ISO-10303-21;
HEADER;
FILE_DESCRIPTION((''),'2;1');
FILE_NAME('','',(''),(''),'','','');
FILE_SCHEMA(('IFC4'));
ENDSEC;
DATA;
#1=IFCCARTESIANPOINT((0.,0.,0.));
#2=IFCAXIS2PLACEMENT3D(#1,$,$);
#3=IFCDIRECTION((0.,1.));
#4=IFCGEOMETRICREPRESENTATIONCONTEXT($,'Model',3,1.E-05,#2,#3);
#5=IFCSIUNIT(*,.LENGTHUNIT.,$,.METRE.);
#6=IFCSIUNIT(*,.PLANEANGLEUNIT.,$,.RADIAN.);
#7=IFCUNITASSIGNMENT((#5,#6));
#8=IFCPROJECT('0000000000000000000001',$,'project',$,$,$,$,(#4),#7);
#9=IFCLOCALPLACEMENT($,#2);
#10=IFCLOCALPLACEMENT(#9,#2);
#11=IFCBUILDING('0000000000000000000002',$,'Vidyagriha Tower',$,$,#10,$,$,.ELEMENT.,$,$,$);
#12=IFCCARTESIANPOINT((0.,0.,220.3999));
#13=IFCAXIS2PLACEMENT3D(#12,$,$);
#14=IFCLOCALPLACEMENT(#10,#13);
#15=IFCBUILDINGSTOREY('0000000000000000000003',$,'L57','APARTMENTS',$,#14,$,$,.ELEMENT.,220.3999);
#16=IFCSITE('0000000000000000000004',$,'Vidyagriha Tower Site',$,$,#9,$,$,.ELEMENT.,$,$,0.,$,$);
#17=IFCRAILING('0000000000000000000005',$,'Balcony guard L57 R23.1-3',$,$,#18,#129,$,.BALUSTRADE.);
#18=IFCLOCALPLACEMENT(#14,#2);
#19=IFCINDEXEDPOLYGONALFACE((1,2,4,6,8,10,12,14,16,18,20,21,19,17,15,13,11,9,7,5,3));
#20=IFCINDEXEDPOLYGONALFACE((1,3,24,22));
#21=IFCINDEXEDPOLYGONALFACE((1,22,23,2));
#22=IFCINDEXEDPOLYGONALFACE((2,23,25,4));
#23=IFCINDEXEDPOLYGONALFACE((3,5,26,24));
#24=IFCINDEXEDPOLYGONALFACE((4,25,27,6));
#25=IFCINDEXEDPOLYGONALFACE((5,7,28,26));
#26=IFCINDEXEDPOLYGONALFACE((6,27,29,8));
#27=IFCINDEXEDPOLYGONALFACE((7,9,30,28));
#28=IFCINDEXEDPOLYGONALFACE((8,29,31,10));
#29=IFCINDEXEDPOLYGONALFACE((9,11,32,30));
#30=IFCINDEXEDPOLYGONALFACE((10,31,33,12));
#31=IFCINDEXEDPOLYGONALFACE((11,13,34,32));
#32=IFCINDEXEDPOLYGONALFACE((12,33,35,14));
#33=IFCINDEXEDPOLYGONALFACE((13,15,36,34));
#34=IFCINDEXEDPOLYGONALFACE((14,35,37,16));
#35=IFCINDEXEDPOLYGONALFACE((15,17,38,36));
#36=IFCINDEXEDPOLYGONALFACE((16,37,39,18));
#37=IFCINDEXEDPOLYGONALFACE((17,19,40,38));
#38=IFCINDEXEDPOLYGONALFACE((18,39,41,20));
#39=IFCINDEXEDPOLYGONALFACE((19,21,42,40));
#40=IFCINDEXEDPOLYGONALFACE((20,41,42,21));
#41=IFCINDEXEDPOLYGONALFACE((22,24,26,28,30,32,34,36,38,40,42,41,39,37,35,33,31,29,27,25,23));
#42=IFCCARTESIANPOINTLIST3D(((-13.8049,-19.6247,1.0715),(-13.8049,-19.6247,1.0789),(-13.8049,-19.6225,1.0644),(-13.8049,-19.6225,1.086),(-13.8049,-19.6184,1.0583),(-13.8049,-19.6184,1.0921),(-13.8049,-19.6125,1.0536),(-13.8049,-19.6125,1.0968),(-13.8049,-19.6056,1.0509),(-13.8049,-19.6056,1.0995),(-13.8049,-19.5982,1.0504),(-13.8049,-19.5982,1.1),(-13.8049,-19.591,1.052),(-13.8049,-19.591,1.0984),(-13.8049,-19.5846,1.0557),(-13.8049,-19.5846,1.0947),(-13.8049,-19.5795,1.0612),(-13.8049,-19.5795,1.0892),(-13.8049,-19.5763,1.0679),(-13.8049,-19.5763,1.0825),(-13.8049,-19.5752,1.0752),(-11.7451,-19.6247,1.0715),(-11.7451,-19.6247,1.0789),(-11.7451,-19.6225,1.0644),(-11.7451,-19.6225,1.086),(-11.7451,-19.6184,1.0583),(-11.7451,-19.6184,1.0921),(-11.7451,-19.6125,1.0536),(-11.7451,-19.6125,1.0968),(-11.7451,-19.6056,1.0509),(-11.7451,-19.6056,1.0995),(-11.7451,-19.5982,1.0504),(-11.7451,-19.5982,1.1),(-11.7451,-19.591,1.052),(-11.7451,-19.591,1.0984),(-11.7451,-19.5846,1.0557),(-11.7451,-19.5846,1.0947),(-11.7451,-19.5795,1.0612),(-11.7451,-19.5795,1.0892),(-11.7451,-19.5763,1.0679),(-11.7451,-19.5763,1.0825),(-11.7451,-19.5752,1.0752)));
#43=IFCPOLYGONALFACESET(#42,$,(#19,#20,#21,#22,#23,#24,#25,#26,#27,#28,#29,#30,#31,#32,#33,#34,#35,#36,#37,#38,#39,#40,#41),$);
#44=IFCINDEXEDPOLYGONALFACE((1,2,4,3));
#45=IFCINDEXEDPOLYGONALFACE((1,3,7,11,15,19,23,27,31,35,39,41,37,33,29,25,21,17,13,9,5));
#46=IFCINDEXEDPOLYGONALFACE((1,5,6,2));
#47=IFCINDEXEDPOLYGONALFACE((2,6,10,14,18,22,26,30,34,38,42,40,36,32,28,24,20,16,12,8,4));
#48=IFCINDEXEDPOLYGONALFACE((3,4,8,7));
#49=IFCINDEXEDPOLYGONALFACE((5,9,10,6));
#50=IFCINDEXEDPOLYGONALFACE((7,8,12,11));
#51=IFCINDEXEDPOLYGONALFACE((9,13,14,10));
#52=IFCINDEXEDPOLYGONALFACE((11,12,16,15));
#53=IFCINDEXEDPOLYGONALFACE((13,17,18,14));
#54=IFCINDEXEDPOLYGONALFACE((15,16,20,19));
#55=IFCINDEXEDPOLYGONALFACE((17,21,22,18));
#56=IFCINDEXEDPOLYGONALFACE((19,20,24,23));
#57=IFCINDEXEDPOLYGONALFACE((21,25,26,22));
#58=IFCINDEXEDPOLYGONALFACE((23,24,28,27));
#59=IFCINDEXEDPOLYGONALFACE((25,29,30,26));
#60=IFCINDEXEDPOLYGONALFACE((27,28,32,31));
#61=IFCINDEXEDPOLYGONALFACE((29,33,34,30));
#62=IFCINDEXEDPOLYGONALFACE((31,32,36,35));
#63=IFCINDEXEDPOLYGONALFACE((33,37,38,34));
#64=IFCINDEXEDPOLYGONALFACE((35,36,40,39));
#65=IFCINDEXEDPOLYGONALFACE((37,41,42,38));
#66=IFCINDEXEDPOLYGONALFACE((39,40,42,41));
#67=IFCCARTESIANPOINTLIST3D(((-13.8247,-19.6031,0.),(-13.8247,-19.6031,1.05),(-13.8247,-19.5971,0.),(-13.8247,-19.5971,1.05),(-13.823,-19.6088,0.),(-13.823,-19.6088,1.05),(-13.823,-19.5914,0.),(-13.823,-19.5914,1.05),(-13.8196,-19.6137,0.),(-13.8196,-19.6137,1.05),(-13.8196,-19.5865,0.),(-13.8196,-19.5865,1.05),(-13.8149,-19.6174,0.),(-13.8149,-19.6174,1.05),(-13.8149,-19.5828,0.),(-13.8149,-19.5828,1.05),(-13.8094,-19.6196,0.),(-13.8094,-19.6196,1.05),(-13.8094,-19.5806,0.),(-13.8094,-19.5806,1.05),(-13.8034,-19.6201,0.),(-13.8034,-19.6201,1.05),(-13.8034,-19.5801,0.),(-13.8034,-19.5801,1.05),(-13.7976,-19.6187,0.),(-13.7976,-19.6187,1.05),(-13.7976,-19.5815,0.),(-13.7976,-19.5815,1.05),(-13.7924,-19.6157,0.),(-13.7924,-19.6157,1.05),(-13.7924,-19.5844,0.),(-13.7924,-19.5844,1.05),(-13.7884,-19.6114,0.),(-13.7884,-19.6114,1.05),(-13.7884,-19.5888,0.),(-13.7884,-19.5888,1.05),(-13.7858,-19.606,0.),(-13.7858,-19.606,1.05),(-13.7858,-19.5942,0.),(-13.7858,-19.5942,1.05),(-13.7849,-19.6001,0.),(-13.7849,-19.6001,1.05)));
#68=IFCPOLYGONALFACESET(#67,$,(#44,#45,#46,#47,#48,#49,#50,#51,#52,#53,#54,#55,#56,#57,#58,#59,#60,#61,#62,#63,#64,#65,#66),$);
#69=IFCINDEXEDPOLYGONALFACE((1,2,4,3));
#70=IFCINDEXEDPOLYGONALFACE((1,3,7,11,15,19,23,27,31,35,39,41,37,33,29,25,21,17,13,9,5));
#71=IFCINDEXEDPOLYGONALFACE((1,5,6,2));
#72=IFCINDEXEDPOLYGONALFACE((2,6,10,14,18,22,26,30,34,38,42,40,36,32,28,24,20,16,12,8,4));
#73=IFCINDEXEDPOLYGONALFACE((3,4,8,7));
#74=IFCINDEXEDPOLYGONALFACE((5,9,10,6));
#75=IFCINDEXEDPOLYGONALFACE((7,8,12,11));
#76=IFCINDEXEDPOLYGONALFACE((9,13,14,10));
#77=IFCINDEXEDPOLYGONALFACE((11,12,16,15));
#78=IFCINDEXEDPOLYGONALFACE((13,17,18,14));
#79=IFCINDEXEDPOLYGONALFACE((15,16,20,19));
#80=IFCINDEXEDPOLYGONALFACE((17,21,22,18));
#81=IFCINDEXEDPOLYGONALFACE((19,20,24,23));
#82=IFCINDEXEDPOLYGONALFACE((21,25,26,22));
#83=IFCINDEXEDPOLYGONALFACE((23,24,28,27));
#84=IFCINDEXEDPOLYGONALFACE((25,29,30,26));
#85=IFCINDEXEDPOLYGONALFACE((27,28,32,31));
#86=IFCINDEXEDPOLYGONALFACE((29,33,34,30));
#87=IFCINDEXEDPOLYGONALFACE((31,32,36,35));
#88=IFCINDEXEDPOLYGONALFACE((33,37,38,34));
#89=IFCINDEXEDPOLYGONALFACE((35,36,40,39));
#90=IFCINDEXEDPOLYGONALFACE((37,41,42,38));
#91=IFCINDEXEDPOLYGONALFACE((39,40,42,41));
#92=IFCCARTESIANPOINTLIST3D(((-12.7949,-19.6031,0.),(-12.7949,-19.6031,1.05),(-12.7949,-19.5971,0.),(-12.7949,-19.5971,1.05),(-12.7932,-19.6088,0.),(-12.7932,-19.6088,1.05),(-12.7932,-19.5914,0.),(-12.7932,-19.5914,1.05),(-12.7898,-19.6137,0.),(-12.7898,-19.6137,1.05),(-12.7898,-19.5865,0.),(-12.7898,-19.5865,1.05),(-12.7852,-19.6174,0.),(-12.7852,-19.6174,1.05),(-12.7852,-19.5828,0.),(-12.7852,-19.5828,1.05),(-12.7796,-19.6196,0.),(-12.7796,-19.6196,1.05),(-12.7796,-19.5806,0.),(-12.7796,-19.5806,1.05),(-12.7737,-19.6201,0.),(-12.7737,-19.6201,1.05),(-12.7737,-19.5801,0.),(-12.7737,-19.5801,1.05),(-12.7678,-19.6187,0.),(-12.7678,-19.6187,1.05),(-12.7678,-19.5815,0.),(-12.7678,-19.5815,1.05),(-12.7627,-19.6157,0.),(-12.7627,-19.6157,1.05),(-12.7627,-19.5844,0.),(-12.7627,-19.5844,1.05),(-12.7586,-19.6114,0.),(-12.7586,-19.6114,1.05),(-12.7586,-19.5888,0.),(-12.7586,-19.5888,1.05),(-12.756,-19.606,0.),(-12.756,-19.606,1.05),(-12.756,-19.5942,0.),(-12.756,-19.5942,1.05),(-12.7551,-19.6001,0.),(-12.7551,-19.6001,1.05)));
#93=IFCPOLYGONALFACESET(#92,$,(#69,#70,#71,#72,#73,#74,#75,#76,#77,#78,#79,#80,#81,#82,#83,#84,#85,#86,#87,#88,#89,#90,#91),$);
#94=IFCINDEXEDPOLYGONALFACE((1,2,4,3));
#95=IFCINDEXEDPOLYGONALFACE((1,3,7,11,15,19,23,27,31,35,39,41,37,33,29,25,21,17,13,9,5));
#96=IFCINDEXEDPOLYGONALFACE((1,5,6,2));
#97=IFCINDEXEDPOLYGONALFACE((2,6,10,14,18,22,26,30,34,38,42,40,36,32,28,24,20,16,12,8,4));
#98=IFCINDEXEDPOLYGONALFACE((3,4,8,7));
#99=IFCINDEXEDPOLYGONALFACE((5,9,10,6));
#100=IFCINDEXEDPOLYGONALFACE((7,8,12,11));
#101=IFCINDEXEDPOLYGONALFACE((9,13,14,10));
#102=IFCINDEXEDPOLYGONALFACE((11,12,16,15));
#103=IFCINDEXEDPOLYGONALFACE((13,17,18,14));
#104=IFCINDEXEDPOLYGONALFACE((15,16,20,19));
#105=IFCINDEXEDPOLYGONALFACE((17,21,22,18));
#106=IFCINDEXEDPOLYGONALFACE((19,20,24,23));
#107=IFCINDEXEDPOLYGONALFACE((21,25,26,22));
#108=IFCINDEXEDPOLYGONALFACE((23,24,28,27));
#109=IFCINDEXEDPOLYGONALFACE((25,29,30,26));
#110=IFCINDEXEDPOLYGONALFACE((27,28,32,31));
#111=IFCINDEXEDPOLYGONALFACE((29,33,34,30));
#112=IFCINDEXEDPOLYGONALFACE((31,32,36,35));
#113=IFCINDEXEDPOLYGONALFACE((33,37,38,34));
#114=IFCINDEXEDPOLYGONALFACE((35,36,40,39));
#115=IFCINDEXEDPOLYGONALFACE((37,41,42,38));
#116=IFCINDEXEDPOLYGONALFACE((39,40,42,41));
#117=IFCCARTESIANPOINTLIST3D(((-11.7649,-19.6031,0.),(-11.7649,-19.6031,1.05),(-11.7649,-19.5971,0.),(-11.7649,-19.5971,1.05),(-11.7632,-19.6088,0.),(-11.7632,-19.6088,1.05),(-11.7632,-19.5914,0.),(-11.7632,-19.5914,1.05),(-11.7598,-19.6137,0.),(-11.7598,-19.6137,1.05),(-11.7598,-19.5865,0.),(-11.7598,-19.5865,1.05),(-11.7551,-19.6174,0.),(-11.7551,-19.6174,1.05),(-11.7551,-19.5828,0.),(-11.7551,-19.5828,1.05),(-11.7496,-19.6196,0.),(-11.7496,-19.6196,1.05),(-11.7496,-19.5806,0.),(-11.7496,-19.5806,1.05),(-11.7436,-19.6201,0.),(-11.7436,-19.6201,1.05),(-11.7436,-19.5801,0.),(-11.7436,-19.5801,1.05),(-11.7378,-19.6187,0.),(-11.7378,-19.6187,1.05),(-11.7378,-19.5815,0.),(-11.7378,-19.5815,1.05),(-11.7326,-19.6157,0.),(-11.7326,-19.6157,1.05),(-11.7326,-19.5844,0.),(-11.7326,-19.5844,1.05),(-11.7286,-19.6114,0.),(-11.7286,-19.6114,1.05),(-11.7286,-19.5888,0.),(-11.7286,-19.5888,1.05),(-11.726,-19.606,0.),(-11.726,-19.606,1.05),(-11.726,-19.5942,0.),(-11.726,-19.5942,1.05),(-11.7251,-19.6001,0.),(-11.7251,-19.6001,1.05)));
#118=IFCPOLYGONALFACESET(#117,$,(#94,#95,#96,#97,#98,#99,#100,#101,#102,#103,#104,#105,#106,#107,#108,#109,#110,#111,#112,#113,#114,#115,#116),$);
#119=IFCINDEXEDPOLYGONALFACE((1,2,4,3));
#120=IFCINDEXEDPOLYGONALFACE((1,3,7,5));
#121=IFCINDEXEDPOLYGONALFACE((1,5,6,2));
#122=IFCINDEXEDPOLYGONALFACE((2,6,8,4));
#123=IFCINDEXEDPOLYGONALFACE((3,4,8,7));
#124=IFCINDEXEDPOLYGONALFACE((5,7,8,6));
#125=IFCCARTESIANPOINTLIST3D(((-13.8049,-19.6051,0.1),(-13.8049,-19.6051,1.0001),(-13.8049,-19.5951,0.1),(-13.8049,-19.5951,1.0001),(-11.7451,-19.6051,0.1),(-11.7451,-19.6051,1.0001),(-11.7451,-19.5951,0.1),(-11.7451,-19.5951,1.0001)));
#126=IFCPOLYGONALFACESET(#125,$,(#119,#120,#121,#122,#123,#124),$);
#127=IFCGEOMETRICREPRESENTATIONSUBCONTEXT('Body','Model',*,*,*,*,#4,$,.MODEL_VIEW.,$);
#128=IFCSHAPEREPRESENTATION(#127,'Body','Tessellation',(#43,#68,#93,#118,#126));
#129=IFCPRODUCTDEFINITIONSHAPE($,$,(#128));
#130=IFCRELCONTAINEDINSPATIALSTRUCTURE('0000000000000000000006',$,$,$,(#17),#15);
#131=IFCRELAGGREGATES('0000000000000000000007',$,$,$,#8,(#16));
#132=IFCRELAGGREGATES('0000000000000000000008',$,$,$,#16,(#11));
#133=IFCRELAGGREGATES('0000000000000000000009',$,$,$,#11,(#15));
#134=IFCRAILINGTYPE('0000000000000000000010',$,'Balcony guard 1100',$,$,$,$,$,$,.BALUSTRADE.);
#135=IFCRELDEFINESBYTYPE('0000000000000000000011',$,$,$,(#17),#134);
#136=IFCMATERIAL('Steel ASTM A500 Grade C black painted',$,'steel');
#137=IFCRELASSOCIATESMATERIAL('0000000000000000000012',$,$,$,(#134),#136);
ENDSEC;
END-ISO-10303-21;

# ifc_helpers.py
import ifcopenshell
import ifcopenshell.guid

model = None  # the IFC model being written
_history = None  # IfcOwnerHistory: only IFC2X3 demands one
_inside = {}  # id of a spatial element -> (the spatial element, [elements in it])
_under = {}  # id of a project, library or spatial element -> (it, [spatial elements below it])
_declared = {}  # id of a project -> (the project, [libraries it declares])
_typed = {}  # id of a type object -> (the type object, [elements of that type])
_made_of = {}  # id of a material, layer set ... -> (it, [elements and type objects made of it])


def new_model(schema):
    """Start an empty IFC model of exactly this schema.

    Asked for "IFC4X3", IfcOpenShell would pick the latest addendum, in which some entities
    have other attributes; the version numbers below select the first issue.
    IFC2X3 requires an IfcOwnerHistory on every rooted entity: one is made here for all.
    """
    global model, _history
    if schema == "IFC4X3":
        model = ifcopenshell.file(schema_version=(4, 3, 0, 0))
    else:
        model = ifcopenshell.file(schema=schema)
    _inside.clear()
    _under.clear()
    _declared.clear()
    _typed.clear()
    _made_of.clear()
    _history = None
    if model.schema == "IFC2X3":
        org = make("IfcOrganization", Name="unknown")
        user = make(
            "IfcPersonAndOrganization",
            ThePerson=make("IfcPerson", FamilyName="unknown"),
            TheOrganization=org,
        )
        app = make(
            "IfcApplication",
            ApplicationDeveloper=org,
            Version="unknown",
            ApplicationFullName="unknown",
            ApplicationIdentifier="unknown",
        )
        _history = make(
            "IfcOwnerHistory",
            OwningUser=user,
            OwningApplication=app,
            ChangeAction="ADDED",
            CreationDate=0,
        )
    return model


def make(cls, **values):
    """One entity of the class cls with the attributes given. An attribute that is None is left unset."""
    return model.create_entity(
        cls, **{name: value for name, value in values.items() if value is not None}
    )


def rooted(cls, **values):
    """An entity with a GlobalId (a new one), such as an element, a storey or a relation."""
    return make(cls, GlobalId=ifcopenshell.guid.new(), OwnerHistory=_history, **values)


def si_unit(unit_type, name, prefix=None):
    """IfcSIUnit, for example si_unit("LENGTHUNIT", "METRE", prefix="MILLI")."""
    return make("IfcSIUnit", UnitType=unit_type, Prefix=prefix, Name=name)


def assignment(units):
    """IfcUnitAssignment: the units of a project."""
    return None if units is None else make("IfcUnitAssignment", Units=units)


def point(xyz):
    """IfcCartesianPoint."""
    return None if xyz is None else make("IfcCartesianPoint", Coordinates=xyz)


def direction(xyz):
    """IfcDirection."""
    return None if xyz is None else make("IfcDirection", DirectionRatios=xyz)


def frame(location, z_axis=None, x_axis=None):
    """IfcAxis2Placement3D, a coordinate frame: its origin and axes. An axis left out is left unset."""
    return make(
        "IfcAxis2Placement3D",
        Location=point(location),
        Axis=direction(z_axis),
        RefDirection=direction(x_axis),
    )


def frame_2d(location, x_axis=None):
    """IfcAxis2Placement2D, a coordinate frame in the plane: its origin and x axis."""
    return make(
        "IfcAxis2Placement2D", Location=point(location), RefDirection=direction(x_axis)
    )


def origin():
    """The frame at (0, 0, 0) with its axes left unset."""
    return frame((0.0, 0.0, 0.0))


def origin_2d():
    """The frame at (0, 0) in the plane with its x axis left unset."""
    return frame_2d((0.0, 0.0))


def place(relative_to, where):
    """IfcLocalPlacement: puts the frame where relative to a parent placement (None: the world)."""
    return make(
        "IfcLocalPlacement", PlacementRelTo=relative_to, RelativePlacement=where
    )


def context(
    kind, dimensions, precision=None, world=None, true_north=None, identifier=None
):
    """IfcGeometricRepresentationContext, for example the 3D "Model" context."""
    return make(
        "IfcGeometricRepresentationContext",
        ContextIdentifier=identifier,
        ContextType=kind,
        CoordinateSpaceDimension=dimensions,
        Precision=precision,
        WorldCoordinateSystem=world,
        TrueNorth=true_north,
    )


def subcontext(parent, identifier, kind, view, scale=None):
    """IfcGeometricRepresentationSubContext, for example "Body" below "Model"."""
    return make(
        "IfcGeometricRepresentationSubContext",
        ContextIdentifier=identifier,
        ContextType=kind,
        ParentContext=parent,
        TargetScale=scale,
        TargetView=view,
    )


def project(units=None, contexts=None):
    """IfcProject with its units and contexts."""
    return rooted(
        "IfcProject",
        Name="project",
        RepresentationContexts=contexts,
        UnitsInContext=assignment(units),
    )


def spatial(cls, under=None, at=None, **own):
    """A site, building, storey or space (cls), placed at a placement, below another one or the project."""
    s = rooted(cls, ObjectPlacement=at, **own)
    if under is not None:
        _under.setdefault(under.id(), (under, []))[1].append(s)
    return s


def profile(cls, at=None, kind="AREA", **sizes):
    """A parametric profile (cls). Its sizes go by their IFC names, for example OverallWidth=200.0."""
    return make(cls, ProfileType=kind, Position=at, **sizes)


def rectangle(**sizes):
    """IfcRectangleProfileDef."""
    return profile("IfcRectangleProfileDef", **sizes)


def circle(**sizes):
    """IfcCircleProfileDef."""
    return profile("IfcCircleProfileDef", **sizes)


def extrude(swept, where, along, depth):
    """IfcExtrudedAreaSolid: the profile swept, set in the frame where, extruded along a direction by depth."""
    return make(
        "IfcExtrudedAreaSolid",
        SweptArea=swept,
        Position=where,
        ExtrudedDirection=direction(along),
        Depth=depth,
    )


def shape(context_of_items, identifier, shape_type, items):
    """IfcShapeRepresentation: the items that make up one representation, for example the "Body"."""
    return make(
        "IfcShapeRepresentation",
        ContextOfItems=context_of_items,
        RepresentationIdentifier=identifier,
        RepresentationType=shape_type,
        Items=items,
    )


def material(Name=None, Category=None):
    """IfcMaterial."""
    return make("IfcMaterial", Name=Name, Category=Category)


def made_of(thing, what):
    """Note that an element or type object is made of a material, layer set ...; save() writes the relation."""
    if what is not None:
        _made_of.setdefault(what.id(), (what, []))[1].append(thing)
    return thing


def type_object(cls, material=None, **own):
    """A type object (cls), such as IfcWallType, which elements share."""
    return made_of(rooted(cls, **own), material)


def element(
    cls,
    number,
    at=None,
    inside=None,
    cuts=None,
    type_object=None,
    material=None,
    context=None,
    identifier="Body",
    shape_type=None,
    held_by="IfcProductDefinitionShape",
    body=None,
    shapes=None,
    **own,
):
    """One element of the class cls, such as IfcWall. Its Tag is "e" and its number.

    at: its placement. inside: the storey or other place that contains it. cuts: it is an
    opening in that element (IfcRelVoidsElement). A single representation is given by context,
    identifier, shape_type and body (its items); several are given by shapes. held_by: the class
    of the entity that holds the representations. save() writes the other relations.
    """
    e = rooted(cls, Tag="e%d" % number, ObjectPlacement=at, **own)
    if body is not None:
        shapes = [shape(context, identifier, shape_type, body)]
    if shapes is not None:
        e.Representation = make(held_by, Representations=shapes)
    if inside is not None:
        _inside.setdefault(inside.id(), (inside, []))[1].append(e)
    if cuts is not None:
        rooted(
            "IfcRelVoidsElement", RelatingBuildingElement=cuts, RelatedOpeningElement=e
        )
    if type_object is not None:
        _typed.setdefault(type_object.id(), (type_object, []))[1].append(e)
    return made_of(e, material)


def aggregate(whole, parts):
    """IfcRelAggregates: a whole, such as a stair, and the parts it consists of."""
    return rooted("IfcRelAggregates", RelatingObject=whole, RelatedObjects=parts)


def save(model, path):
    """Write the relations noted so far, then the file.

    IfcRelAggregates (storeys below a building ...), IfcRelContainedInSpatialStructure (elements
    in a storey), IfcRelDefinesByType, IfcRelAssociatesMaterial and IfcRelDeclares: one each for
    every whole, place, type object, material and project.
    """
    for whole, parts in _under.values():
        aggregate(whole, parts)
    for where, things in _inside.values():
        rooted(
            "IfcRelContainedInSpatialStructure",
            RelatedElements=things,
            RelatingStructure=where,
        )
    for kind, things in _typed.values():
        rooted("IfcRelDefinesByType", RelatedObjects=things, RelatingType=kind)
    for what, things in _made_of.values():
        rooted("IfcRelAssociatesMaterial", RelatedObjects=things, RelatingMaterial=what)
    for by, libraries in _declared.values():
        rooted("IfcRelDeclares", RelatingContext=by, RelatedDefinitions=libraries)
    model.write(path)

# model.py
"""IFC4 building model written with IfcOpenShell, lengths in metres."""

from ifc_helpers import new_model, si_unit, direction, frame, origin, origin_2d, place, context, subcontext, project, spatial, rectangle, circle, extrude, material, type_object, element, save


model = new_model("IFC4")

# Units and contexts
model_context = context("Model", 3, precision=1e-05, world=origin(), true_north=direction((0.0, 1.0)))
body_context = subcontext(model_context, "Body", "Model", "MODEL_VIEW")
ifc_project = project(units=[si_unit("LENGTHUNIT", "METRE"), si_unit("PLANEANGLEUNIT", "RADIAN")], contexts=[model_context])

# Site, building, storey
site_placement = place(None, origin())
site = spatial("IfcSite", under=ifc_project, at=site_placement, Name="Vidyagriha Tower Site", CompositionType="ELEMENT", RefElevation=0.0)
building_placement = place(site_placement, origin())
building = spatial("IfcBuilding", under=site, at=building_placement, Name="Vidyagriha Tower", CompositionType="ELEMENT")
storey_placement = place(building_placement, frame((0.0, 0.0, 220.3999)))
storey = spatial("IfcBuildingStorey", under=building, at=storey_placement, Name="L57", Description="APARTMENTS", CompositionType="ELEMENT", Elevation=220.3999)

# Railing
ifc_material_1 = material(Name="Steel ASTM A500 Grade C black painted", Category="steel")
railing_type = type_object("IfcRailingType", Name="Balcony guard 1100", PredefinedType="BALUSTRADE", material=ifc_material_1)
railing_1_placement = place(storey_placement, frame((-13.8049, -19.6001, 0.0)))
element("IfcRailing", 1, at=railing_1_placement, inside=storey, type_object=railing_type, Name="Balcony guard L57 R23.1-3", PredefinedType="BALUSTRADE", context=body_context, shape_type="SweptSolid", body=[
    extrude(circle(Radius=0.0249, at=origin_2d()), frame((0.0, 0.0, 1.0752), z_axis=(1.0, 0.0, 0.0), x_axis=(0.0, 1.0, 0.0)), (0.0, 0.0, 1.0), 2.0598),
    extrude(circle(Radius=0.02, at=origin_2d()), origin(), (0.0, 0.0, 1.0), 1.05),
    extrude(circle(Radius=0.02, at=origin_2d()), frame((1.0298, 0.0, 0.0)), (0.0, 0.0, 1.0), 1.05),
    extrude(circle(Radius=0.02, at=origin_2d()), frame((2.0598, 0.0, 0.0)), (0.0, 0.0, 1.0), 1.05),
    extrude(rectangle(XDim=0.01, YDim=0.9001, at=origin_2d()), frame((0.0, 0.0, 0.55), z_axis=(1.0, 0.0, 0.0), x_axis=(0.0, 1.0, 0.0)), (0.0, 0.0, 1.0), 2.0598),
])

save(model, "model.ifc")
